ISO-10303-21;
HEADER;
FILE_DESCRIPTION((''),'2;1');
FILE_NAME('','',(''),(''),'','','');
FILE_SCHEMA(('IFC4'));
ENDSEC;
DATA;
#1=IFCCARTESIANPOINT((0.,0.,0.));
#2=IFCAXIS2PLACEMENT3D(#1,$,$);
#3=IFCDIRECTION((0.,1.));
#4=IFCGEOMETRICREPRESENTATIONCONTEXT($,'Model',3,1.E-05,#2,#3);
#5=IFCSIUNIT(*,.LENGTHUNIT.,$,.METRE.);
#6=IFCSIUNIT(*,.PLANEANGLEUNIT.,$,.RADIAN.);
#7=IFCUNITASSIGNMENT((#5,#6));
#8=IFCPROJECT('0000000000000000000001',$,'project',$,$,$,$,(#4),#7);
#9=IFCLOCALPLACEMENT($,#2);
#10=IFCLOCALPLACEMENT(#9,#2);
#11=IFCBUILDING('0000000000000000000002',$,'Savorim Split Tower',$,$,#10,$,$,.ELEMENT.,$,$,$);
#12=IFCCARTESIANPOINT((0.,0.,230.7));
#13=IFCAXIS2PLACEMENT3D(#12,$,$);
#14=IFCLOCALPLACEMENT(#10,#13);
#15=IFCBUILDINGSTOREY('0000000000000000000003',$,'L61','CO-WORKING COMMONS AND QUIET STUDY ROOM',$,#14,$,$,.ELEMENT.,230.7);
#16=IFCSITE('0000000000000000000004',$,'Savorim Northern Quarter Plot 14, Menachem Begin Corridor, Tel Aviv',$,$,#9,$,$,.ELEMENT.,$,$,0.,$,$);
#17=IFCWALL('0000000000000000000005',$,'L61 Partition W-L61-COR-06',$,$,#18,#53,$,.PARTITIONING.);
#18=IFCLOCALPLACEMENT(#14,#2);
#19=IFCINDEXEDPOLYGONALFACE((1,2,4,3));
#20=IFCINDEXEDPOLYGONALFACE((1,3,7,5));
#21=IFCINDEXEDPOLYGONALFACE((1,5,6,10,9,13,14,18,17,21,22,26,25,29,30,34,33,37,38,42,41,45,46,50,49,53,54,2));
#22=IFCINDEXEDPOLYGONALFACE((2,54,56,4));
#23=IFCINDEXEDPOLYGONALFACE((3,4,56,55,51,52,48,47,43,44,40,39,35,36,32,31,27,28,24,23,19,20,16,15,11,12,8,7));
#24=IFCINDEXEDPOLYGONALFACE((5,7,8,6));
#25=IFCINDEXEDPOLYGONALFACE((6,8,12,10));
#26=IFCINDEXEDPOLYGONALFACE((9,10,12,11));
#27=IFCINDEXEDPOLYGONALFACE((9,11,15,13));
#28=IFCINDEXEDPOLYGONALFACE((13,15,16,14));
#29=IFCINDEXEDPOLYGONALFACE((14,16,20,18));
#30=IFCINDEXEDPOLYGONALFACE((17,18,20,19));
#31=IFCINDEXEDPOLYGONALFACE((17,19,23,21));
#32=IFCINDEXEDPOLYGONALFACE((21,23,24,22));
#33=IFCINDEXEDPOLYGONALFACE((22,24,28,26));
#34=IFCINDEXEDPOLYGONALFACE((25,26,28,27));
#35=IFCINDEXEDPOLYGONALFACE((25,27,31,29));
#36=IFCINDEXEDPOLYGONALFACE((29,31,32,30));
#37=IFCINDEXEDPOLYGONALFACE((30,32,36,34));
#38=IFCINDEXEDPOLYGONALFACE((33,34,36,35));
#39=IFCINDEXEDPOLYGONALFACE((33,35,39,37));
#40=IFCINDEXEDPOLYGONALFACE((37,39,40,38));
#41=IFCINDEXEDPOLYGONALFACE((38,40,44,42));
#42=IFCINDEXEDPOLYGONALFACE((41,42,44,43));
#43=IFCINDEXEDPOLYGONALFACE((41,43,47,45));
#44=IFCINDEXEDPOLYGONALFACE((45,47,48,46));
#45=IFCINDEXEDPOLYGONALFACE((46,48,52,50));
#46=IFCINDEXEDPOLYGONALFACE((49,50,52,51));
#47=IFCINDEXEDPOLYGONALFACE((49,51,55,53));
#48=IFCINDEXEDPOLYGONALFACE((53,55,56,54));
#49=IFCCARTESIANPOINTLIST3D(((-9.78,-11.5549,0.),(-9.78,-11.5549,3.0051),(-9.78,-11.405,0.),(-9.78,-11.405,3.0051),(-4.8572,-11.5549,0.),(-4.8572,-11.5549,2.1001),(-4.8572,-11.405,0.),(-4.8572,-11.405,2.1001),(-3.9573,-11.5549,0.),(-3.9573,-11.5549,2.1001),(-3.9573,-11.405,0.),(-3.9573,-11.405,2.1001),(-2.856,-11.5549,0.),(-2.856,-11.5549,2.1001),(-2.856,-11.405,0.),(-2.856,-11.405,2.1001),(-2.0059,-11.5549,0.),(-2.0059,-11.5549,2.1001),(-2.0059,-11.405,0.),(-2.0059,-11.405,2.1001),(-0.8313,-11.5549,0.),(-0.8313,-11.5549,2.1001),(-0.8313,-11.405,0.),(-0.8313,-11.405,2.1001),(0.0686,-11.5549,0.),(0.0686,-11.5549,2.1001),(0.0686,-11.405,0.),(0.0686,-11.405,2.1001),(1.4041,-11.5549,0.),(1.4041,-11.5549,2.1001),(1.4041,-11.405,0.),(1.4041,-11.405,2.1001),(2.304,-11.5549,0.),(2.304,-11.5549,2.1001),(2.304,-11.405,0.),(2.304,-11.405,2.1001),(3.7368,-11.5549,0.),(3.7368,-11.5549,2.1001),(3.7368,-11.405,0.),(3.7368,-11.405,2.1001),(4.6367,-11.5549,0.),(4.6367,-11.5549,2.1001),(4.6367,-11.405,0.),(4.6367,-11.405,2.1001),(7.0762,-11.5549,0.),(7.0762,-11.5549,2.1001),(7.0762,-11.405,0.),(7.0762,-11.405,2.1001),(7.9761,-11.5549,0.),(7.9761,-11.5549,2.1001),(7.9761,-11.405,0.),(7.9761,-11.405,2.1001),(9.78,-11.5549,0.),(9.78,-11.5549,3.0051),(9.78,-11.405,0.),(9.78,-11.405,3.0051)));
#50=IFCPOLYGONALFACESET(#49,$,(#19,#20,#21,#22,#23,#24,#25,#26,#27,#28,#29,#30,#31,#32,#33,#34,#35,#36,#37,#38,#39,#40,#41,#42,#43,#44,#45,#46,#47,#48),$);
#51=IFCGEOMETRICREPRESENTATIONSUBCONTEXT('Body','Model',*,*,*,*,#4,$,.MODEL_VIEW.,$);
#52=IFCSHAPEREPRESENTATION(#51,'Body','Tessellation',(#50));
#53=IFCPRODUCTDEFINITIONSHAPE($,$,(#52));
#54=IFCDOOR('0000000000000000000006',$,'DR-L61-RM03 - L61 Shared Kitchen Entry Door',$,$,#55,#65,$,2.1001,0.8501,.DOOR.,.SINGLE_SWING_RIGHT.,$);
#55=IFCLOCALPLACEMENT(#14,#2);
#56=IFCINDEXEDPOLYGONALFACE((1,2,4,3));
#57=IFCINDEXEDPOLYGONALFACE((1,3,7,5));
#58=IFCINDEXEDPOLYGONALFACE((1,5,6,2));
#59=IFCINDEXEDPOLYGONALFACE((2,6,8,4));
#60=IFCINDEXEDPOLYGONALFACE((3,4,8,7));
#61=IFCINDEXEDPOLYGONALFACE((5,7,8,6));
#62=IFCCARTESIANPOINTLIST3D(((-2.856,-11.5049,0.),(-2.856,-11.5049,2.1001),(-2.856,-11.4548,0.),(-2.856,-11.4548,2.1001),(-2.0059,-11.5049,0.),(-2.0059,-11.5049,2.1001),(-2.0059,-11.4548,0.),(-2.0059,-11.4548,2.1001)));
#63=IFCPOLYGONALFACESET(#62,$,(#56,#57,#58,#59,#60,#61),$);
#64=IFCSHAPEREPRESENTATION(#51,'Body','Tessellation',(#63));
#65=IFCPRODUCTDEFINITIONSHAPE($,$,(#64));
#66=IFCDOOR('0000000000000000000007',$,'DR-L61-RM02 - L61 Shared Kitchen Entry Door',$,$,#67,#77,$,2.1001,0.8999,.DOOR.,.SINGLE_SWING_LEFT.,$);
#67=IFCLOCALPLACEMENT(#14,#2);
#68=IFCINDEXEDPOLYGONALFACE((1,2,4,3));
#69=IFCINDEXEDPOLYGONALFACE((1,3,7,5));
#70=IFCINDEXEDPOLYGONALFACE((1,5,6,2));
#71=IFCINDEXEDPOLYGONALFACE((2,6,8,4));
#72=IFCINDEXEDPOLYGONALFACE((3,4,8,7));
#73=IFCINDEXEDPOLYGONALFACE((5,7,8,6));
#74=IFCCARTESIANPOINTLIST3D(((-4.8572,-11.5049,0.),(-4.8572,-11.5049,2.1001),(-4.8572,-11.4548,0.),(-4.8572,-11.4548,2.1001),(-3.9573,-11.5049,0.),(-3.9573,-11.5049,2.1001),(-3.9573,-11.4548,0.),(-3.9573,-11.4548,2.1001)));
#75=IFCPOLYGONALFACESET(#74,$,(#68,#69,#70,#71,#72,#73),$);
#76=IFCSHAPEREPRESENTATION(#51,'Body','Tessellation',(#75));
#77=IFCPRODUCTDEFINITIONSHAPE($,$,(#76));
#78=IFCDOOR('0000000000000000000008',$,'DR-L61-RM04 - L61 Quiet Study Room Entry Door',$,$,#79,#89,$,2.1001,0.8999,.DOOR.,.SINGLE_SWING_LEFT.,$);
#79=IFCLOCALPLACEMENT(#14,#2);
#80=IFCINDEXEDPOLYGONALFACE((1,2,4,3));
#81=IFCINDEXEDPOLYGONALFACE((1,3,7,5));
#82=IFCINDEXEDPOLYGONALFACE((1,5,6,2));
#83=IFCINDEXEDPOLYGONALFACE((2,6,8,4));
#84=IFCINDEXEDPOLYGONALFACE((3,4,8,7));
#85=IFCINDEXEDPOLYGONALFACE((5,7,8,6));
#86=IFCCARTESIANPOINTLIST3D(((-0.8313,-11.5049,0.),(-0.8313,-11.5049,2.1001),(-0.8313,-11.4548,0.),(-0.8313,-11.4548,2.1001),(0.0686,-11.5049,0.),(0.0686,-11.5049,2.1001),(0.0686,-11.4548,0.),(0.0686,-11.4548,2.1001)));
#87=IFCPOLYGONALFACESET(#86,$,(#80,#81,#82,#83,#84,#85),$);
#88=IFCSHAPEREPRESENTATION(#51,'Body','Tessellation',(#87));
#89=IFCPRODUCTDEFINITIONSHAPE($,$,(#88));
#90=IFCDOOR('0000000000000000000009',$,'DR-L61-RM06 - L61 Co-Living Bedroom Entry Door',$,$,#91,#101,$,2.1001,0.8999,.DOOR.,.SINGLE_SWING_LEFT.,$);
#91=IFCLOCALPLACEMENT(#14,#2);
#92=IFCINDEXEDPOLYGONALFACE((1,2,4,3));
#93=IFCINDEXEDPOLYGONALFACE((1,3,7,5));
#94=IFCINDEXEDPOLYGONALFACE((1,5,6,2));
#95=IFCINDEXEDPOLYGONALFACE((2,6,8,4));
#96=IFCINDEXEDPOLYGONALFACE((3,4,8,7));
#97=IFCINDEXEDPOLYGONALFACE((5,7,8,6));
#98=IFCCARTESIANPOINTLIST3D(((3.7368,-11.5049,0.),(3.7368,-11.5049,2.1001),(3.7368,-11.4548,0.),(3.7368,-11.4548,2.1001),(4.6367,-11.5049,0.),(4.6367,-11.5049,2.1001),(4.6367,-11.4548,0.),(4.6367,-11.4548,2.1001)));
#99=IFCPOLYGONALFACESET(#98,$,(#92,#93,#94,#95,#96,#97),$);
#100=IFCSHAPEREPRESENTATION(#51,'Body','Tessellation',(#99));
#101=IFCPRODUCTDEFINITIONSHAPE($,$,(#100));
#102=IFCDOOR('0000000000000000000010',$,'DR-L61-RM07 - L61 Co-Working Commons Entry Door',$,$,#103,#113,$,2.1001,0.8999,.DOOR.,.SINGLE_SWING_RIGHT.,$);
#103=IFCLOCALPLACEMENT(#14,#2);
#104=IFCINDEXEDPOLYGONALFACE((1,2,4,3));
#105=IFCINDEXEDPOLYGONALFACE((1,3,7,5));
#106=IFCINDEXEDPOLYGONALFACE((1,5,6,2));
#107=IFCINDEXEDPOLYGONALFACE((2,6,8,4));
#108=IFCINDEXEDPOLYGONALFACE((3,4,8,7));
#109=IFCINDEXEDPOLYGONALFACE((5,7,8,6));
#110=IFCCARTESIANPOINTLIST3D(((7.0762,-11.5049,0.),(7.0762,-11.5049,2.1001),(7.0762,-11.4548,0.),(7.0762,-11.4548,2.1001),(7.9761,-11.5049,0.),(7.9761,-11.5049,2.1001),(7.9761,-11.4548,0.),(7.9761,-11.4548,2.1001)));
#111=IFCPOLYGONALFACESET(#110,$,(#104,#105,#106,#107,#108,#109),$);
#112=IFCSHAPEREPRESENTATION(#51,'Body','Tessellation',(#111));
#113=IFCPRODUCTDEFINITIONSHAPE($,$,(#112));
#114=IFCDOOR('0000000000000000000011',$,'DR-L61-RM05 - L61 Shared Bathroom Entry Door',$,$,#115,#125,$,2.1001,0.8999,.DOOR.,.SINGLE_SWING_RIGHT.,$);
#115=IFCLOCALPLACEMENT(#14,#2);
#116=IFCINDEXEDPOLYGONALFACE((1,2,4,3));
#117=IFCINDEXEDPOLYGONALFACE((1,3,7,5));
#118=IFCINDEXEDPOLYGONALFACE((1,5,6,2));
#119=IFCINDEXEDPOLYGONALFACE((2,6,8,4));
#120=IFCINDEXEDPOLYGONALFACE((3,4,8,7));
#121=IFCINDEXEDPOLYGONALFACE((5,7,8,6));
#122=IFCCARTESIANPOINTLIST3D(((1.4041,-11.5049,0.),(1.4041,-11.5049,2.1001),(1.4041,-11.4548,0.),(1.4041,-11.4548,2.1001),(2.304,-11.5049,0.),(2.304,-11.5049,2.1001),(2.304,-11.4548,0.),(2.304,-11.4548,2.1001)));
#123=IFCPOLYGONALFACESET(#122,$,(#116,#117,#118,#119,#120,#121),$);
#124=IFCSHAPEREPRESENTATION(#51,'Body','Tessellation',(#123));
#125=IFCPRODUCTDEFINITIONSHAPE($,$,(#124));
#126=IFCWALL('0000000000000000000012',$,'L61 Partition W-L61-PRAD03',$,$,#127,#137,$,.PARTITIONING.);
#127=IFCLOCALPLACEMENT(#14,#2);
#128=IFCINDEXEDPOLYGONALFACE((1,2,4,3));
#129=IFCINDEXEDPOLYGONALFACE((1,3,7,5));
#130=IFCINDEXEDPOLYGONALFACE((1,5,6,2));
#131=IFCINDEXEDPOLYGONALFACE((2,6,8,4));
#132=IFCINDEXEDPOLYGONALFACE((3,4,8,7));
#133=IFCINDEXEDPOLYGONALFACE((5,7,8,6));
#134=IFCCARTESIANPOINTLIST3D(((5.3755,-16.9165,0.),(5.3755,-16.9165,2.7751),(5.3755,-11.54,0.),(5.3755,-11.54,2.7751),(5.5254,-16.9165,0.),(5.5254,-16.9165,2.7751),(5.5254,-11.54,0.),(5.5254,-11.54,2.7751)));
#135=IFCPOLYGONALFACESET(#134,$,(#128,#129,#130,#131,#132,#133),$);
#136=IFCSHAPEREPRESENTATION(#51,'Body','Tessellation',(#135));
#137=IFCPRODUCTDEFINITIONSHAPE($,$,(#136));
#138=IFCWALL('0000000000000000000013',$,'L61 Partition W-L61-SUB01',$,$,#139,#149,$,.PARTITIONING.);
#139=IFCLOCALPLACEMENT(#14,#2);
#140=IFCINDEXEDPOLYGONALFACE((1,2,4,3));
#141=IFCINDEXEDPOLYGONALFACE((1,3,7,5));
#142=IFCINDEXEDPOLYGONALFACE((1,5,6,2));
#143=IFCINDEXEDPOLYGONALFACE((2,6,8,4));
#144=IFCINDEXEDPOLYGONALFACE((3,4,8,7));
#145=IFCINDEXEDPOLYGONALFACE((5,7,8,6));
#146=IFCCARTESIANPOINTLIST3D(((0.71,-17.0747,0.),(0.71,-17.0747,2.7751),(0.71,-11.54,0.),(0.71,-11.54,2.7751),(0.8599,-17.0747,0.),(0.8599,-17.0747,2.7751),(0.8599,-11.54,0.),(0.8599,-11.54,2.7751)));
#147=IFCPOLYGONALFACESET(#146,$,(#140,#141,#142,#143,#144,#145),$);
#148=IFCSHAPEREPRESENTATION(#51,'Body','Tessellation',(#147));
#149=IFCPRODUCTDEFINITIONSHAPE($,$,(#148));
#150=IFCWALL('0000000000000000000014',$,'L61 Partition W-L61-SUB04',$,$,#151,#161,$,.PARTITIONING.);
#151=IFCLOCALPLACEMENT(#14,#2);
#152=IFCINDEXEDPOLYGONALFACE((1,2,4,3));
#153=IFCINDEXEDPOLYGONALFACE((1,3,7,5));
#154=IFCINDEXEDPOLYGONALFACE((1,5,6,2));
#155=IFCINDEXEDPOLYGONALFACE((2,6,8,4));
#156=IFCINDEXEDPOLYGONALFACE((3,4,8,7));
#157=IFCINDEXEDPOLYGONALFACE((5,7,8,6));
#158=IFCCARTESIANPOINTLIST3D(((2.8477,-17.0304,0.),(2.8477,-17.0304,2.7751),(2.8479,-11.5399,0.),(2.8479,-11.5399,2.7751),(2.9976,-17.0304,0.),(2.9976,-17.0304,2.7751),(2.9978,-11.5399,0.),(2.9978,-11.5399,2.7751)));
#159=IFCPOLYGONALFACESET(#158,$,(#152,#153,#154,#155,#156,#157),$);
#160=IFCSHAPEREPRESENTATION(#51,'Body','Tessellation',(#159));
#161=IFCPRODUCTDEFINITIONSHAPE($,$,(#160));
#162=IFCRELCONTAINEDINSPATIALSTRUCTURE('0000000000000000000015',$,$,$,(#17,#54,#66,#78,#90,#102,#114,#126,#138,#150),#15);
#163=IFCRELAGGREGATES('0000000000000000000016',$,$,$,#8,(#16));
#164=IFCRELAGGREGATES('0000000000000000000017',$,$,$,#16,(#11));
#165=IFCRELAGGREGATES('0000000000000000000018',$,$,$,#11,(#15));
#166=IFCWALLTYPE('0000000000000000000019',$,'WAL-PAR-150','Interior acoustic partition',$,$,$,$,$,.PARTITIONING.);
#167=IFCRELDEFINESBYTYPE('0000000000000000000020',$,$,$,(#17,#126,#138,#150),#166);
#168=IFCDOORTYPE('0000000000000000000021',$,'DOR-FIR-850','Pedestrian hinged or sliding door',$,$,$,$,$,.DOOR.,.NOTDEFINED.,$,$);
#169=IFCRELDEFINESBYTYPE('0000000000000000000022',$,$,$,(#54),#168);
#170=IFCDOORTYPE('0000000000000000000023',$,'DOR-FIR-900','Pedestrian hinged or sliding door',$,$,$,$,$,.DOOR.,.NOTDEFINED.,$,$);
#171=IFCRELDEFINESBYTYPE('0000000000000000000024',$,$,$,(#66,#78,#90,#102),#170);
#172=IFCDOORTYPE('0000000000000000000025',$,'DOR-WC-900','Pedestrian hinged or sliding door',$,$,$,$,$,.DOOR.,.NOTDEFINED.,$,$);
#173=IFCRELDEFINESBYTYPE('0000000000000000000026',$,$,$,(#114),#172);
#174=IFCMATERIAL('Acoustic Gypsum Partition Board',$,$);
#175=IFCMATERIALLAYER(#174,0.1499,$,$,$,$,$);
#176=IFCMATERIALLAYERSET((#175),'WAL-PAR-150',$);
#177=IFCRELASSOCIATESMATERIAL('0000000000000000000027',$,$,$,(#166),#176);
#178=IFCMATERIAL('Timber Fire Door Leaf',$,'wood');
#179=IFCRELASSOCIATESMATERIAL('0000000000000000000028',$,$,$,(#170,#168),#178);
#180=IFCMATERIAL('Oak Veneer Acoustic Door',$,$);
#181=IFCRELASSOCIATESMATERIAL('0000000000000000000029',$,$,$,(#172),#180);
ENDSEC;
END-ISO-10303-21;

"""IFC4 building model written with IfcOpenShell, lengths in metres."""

from ifc_helpers import new_model, si_unit, direction, frame, frame_2d, origin, place, context, subcontext, project, spatial, rectangle, extrude, material, layer, layer_set, type_object, element, fill, save


model = new_model("IFC4")

# Units and contexts
model_context = context("Model", 3, precision=1e-05, world=origin(), true_north=direction((0.0, 1.0)))
body_context = subcontext(model_context, "Body", "Model", "MODEL_VIEW")
ifc_project = project(units=[si_unit("LENGTHUNIT", "METRE"), si_unit("PLANEANGLEUNIT", "RADIAN")], contexts=[model_context])

# Site, building, storey
site_placement = place(None, origin())
site = spatial("IfcSite", under=ifc_project, at=site_placement, Name="Savorim Northern Quarter Plot 14, Menachem Begin Corridor, Tel Aviv", CompositionType="ELEMENT", RefElevation=0.0)
building_placement = place(site_placement, origin())
building = spatial("IfcBuilding", under=site, at=building_placement, Name="Savorim Split Tower", CompositionType="ELEMENT")
storey_placement = place(building_placement, frame((0.0, 0.0, 230.7)))
storey = spatial("IfcBuildingStorey", under=building, at=storey_placement, Name="L61", Description="CO-WORKING COMMONS AND QUIET STUDY ROOM", CompositionType="ELEMENT", Elevation=230.7)

# Shared definitions
ifc_material_1 = material(Name="Timber Fire Door Leaf", Category="wood")

# Shared definitions
ifc_material_2 = material(Name="Acoustic Gypsum Partition Board")
ifc_layer_1 = layer(ifc_material_2, 0.1499)
ifc_layer_set_1 = layer_set([ifc_layer_1], Name="WAL-PAR-150")
wall_type_1 = type_object("IfcWallType", Name="WAL-PAR-150", Description="Interior acoustic partition", PredefinedType="PARTITIONING", material=ifc_layer_set_1)
door_type_1 = type_object("IfcDoorType", Name="DOR-FIR-900", Description="Pedestrian hinged or sliding door", OperationType="NOTDEFINED", PredefinedType="DOOR", material=ifc_material_1)

# Wall, openings, doors
wall_1_placement = place(storey_placement, frame((9.78, -11.48, 0.0), z_axis=(0.0, 0.0, 1.0), x_axis=(-1.0, 0.0, 0.0)))
wall_1 = element("IfcWall", 1, at=wall_1_placement, inside=storey, type_object=wall_type_1, Name="L61 Partition W-L61-COR-06", PredefinedType="PARTITIONING", context=body_context, shape_type="SweptSolid", body=[
    extrude(rectangle(XDim=19.5601, YDim=0.1499, at=frame_2d((9.78, 0.0))), origin(), (0.0, 0.0, 1.0), 3.0051),
])
opening_1_placement = place(wall_1_placement, frame((13.7373, 0.0, 0.0)))
opening_1 = element("IfcOpeningElement", 2, at=opening_1_placement, cuts=wall_1, PredefinedType="OPENING", context=body_context, shape_type="SweptSolid", body=[
    extrude(rectangle(XDim=0.8999, YDim=2.1001, at=frame_2d((0.45, 1.05))), frame((0.0, 0.085, 0.0), z_axis=(0.0, -1.0, 0.0), x_axis=(1.0, 0.0, 0.0)), (0.0, 0.0, 1.0), 0.1699),
])
opening_2_placement = place(wall_1_placement, frame((11.7859, 0.0, 0.0)))
opening_2 = element("IfcOpeningElement", 3, at=opening_2_placement, cuts=wall_1, PredefinedType="OPENING", context=body_context, shape_type="SweptSolid", body=[
    extrude(rectangle(XDim=0.8501, YDim=2.1001, at=frame_2d((0.425, 1.05))), frame((0.0, 0.085, 0.0), z_axis=(0.0, -1.0, 0.0), x_axis=(1.0, 0.0, 0.0)), (0.0, 0.0, 1.0), 0.1699),
])
opening_3_placement = place(wall_1_placement, frame((9.7114, 0.0, 0.0)))
opening_3 = element("IfcOpeningElement", 4, at=opening_3_placement, cuts=wall_1, PredefinedType="OPENING", context=body_context, shape_type="SweptSolid", body=[
    extrude(rectangle(XDim=0.8999, YDim=2.1001, at=frame_2d((0.45, 1.05))), frame((0.0, 0.085, 0.0), z_axis=(0.0, -1.0, 0.0), x_axis=(1.0, 0.0, 0.0)), (0.0, 0.0, 1.0), 0.1699),
])
opening_4_placement = place(wall_1_placement, frame((7.4761, 0.0, 0.0)))
opening_4 = element("IfcOpeningElement", 5, at=opening_4_placement, cuts=wall_1, PredefinedType="OPENING", context=body_context, shape_type="SweptSolid", body=[
    extrude(rectangle(XDim=0.8999, YDim=2.1001, at=frame_2d((0.45, 1.05))), frame((0.0, 0.085, 0.0), z_axis=(0.0, -1.0, 0.0), x_axis=(1.0, 0.0, 0.0)), (0.0, 0.0, 1.0), 0.1699),
])
opening_5_placement = place(wall_1_placement, frame((5.1433, 0.0, 0.0)))
opening_5 = element("IfcOpeningElement", 6, at=opening_5_placement, cuts=wall_1, PredefinedType="OPENING", context=body_context, shape_type="SweptSolid", body=[
    extrude(rectangle(XDim=0.8999, YDim=2.1001, at=frame_2d((0.45, 1.05))), frame((0.0, 0.085, 0.0), z_axis=(0.0, -1.0, 0.0), x_axis=(1.0, 0.0, 0.0)), (0.0, 0.0, 1.0), 0.1699),
])
opening_6_placement = place(wall_1_placement, frame((1.804, 0.0, 0.0)))
opening_6 = element("IfcOpeningElement", 7, at=opening_6_placement, cuts=wall_1, PredefinedType="OPENING", context=body_context, shape_type="SweptSolid", body=[
    extrude(rectangle(XDim=0.8999, YDim=2.1001, at=frame_2d((0.45, 1.05))), frame((0.0, 0.085, 0.0), z_axis=(0.0, -1.0, 0.0), x_axis=(1.0, 0.0, 0.0)), (0.0, 0.0, 1.0), 0.1699),
])
door_type_2 = type_object("IfcDoorType", Name="DOR-FIR-850", Description="Pedestrian hinged or sliding door", OperationType="NOTDEFINED", PredefinedType="DOOR", material=ifc_material_1)
door_1_placement = place(opening_2_placement, origin())
door_1 = element("IfcDoor", 8, at=door_1_placement, inside=storey, type_object=door_type_2, Name="DR-L61-RM03 - L61 Shared Kitchen Entry Door", OperationType="SINGLE_SWING_RIGHT", OverallHeight=2.1001, OverallWidth=0.8501, PredefinedType="DOOR", context=body_context, shape_type="SweptSolid", body=[
    extrude(rectangle(XDim=0.8501, YDim=2.1001, at=frame_2d((0.425, 1.05))), frame((0.0, 0.0249, 0.0), z_axis=(0.0, -1.0, 0.0), x_axis=(1.0, 0.0, 0.0)), (0.0, 0.0, 1.0), 0.05),
])
fill(opening_2, door_1)
door_2_placement = place(opening_1_placement, origin())
door_2 = element("IfcDoor", 9, at=door_2_placement, inside=storey, type_object=door_type_1, Name="DR-L61-RM02 - L61 Shared Kitchen Entry Door", OperationType="SINGLE_SWING_LEFT", OverallHeight=2.1001, OverallWidth=0.8999, PredefinedType="DOOR", context=body_context, shape_type="SweptSolid", body=[
    extrude(rectangle(XDim=0.8999, YDim=2.1001, at=frame_2d((0.45, 1.05))), frame((0.0, 0.0249, 0.0), z_axis=(0.0, -1.0, 0.0), x_axis=(1.0, 0.0, 0.0)), (0.0, 0.0, 1.0), 0.05),
])
fill(opening_1, door_2)
door_3_placement = place(opening_3_placement, origin())
door_3 = element("IfcDoor", 10, at=door_3_placement, inside=storey, type_object=door_type_1, Name="DR-L61-RM04 - L61 Quiet Study Room Entry Door", OperationType="SINGLE_SWING_LEFT", OverallHeight=2.1001, OverallWidth=0.8999, PredefinedType="DOOR", context=body_context, shape_type="SweptSolid", body=[
    extrude(rectangle(XDim=0.8999, YDim=2.1001, at=frame_2d((0.45, 1.05))), frame((0.0, 0.0249, 0.0), z_axis=(0.0, -1.0, 0.0), x_axis=(1.0, 0.0, 0.0)), (0.0, 0.0, 1.0), 0.05),
])
fill(opening_3, door_3)
door_4_placement = place(opening_5_placement, origin())
door_4 = element("IfcDoor", 11, at=door_4_placement, inside=storey, type_object=door_type_1, Name="DR-L61-RM06 - L61 Co-Living Bedroom Entry Door", OperationType="SINGLE_SWING_LEFT", OverallHeight=2.1001, OverallWidth=0.8999, PredefinedType="DOOR", context=body_context, shape_type="SweptSolid", body=[
    extrude(rectangle(XDim=0.8999, YDim=2.1001, at=frame_2d((0.45, 1.05))), frame((0.0, 0.0249, 0.0), z_axis=(0.0, -1.0, 0.0), x_axis=(1.0, 0.0, 0.0)), (0.0, 0.0, 1.0), 0.05),
])
fill(opening_5, door_4)
door_5_placement = place(opening_6_placement, origin())
door_5 = element("IfcDoor", 12, at=door_5_placement, inside=storey, type_object=door_type_1, Name="DR-L61-RM07 - L61 Co-Working Commons Entry Door", OperationType="SINGLE_SWING_RIGHT", OverallHeight=2.1001, OverallWidth=0.8999, PredefinedType="DOOR", context=body_context, shape_type="SweptSolid", body=[
    extrude(rectangle(XDim=0.8999, YDim=2.1001, at=frame_2d((0.45, 1.05))), frame((0.0, 0.0249, 0.0), z_axis=(0.0, -1.0, 0.0), x_axis=(1.0, 0.0, 0.0)), (0.0, 0.0, 1.0), 0.05),
])
fill(opening_6, door_5)
ifc_material_3 = material(Name="Oak Veneer Acoustic Door")
door_type_3 = type_object("IfcDoorType", Name="DOR-WC-900", Description="Pedestrian hinged or sliding door", OperationType="NOTDEFINED", PredefinedType="DOOR", material=ifc_material_3)
door_6_placement = place(opening_4_placement, origin())
door_6 = element("IfcDoor", 13, at=door_6_placement, inside=storey, type_object=door_type_3, Name="DR-L61-RM05 - L61 Shared Bathroom Entry Door", OperationType="SINGLE_SWING_RIGHT", OverallHeight=2.1001, OverallWidth=0.8999, PredefinedType="DOOR", context=body_context, shape_type="SweptSolid", body=[
    extrude(rectangle(XDim=0.8999, YDim=2.1001, at=frame_2d((0.45, 1.05))), frame((0.0, 0.0249, 0.0), z_axis=(0.0, -1.0, 0.0), x_axis=(1.0, 0.0, 0.0)), (0.0, 0.0, 1.0), 0.05),
])
fill(opening_4, door_6)

# Walls
wall_2_placement = place(storey_placement, frame((5.4504, -11.54, 0.0), z_axis=(0.0, 0.0, 1.0), x_axis=(0.0, -1.0, 0.0)))
element("IfcWall", 14, at=wall_2_placement, inside=storey, type_object=wall_type_1, Name="L61 Partition W-L61-PRAD03", PredefinedType="PARTITIONING", context=body_context, shape_type="SweptSolid", body=[
    extrude(rectangle(XDim=5.3765, YDim=0.1499, at=frame_2d((2.6882, 0.0))), origin(), (0.0, 0.0, 1.0), 2.7751),
])
wall_3_placement = place(storey_placement, frame((0.7849, -11.54, 0.0), z_axis=(0.0, 0.0, 1.0), x_axis=(0.0, -1.0, 0.0)))
element("IfcWall", 15, at=wall_3_placement, inside=storey, type_object=wall_type_1, Name="L61 Partition W-L61-SUB01", PredefinedType="PARTITIONING", context=body_context, shape_type="SweptSolid", body=[
    extrude(rectangle(XDim=5.5347, YDim=0.1499, at=frame_2d((2.7673, 0.0))), origin(), (0.0, 0.0, 1.0), 2.7751),
])
wall_4_placement = place(storey_placement, frame((2.9229, -11.54, 0.0), z_axis=(0.0, 0.0, 1.0), x_axis=(-0.000044, -1.0, 0.0)))
element("IfcWall", 16, at=wall_4_placement, inside=storey, type_object=wall_type_1, Name="L61 Partition W-L61-SUB04", PredefinedType="PARTITIONING", context=body_context, shape_type="SweptSolid", body=[
    extrude(rectangle(XDim=5.4905, YDim=0.1499, at=frame_2d((2.7451, 0.0))), origin(), (0.0, 0.0, 1.0), 2.7751),
])

save(model, "model.ifc")
